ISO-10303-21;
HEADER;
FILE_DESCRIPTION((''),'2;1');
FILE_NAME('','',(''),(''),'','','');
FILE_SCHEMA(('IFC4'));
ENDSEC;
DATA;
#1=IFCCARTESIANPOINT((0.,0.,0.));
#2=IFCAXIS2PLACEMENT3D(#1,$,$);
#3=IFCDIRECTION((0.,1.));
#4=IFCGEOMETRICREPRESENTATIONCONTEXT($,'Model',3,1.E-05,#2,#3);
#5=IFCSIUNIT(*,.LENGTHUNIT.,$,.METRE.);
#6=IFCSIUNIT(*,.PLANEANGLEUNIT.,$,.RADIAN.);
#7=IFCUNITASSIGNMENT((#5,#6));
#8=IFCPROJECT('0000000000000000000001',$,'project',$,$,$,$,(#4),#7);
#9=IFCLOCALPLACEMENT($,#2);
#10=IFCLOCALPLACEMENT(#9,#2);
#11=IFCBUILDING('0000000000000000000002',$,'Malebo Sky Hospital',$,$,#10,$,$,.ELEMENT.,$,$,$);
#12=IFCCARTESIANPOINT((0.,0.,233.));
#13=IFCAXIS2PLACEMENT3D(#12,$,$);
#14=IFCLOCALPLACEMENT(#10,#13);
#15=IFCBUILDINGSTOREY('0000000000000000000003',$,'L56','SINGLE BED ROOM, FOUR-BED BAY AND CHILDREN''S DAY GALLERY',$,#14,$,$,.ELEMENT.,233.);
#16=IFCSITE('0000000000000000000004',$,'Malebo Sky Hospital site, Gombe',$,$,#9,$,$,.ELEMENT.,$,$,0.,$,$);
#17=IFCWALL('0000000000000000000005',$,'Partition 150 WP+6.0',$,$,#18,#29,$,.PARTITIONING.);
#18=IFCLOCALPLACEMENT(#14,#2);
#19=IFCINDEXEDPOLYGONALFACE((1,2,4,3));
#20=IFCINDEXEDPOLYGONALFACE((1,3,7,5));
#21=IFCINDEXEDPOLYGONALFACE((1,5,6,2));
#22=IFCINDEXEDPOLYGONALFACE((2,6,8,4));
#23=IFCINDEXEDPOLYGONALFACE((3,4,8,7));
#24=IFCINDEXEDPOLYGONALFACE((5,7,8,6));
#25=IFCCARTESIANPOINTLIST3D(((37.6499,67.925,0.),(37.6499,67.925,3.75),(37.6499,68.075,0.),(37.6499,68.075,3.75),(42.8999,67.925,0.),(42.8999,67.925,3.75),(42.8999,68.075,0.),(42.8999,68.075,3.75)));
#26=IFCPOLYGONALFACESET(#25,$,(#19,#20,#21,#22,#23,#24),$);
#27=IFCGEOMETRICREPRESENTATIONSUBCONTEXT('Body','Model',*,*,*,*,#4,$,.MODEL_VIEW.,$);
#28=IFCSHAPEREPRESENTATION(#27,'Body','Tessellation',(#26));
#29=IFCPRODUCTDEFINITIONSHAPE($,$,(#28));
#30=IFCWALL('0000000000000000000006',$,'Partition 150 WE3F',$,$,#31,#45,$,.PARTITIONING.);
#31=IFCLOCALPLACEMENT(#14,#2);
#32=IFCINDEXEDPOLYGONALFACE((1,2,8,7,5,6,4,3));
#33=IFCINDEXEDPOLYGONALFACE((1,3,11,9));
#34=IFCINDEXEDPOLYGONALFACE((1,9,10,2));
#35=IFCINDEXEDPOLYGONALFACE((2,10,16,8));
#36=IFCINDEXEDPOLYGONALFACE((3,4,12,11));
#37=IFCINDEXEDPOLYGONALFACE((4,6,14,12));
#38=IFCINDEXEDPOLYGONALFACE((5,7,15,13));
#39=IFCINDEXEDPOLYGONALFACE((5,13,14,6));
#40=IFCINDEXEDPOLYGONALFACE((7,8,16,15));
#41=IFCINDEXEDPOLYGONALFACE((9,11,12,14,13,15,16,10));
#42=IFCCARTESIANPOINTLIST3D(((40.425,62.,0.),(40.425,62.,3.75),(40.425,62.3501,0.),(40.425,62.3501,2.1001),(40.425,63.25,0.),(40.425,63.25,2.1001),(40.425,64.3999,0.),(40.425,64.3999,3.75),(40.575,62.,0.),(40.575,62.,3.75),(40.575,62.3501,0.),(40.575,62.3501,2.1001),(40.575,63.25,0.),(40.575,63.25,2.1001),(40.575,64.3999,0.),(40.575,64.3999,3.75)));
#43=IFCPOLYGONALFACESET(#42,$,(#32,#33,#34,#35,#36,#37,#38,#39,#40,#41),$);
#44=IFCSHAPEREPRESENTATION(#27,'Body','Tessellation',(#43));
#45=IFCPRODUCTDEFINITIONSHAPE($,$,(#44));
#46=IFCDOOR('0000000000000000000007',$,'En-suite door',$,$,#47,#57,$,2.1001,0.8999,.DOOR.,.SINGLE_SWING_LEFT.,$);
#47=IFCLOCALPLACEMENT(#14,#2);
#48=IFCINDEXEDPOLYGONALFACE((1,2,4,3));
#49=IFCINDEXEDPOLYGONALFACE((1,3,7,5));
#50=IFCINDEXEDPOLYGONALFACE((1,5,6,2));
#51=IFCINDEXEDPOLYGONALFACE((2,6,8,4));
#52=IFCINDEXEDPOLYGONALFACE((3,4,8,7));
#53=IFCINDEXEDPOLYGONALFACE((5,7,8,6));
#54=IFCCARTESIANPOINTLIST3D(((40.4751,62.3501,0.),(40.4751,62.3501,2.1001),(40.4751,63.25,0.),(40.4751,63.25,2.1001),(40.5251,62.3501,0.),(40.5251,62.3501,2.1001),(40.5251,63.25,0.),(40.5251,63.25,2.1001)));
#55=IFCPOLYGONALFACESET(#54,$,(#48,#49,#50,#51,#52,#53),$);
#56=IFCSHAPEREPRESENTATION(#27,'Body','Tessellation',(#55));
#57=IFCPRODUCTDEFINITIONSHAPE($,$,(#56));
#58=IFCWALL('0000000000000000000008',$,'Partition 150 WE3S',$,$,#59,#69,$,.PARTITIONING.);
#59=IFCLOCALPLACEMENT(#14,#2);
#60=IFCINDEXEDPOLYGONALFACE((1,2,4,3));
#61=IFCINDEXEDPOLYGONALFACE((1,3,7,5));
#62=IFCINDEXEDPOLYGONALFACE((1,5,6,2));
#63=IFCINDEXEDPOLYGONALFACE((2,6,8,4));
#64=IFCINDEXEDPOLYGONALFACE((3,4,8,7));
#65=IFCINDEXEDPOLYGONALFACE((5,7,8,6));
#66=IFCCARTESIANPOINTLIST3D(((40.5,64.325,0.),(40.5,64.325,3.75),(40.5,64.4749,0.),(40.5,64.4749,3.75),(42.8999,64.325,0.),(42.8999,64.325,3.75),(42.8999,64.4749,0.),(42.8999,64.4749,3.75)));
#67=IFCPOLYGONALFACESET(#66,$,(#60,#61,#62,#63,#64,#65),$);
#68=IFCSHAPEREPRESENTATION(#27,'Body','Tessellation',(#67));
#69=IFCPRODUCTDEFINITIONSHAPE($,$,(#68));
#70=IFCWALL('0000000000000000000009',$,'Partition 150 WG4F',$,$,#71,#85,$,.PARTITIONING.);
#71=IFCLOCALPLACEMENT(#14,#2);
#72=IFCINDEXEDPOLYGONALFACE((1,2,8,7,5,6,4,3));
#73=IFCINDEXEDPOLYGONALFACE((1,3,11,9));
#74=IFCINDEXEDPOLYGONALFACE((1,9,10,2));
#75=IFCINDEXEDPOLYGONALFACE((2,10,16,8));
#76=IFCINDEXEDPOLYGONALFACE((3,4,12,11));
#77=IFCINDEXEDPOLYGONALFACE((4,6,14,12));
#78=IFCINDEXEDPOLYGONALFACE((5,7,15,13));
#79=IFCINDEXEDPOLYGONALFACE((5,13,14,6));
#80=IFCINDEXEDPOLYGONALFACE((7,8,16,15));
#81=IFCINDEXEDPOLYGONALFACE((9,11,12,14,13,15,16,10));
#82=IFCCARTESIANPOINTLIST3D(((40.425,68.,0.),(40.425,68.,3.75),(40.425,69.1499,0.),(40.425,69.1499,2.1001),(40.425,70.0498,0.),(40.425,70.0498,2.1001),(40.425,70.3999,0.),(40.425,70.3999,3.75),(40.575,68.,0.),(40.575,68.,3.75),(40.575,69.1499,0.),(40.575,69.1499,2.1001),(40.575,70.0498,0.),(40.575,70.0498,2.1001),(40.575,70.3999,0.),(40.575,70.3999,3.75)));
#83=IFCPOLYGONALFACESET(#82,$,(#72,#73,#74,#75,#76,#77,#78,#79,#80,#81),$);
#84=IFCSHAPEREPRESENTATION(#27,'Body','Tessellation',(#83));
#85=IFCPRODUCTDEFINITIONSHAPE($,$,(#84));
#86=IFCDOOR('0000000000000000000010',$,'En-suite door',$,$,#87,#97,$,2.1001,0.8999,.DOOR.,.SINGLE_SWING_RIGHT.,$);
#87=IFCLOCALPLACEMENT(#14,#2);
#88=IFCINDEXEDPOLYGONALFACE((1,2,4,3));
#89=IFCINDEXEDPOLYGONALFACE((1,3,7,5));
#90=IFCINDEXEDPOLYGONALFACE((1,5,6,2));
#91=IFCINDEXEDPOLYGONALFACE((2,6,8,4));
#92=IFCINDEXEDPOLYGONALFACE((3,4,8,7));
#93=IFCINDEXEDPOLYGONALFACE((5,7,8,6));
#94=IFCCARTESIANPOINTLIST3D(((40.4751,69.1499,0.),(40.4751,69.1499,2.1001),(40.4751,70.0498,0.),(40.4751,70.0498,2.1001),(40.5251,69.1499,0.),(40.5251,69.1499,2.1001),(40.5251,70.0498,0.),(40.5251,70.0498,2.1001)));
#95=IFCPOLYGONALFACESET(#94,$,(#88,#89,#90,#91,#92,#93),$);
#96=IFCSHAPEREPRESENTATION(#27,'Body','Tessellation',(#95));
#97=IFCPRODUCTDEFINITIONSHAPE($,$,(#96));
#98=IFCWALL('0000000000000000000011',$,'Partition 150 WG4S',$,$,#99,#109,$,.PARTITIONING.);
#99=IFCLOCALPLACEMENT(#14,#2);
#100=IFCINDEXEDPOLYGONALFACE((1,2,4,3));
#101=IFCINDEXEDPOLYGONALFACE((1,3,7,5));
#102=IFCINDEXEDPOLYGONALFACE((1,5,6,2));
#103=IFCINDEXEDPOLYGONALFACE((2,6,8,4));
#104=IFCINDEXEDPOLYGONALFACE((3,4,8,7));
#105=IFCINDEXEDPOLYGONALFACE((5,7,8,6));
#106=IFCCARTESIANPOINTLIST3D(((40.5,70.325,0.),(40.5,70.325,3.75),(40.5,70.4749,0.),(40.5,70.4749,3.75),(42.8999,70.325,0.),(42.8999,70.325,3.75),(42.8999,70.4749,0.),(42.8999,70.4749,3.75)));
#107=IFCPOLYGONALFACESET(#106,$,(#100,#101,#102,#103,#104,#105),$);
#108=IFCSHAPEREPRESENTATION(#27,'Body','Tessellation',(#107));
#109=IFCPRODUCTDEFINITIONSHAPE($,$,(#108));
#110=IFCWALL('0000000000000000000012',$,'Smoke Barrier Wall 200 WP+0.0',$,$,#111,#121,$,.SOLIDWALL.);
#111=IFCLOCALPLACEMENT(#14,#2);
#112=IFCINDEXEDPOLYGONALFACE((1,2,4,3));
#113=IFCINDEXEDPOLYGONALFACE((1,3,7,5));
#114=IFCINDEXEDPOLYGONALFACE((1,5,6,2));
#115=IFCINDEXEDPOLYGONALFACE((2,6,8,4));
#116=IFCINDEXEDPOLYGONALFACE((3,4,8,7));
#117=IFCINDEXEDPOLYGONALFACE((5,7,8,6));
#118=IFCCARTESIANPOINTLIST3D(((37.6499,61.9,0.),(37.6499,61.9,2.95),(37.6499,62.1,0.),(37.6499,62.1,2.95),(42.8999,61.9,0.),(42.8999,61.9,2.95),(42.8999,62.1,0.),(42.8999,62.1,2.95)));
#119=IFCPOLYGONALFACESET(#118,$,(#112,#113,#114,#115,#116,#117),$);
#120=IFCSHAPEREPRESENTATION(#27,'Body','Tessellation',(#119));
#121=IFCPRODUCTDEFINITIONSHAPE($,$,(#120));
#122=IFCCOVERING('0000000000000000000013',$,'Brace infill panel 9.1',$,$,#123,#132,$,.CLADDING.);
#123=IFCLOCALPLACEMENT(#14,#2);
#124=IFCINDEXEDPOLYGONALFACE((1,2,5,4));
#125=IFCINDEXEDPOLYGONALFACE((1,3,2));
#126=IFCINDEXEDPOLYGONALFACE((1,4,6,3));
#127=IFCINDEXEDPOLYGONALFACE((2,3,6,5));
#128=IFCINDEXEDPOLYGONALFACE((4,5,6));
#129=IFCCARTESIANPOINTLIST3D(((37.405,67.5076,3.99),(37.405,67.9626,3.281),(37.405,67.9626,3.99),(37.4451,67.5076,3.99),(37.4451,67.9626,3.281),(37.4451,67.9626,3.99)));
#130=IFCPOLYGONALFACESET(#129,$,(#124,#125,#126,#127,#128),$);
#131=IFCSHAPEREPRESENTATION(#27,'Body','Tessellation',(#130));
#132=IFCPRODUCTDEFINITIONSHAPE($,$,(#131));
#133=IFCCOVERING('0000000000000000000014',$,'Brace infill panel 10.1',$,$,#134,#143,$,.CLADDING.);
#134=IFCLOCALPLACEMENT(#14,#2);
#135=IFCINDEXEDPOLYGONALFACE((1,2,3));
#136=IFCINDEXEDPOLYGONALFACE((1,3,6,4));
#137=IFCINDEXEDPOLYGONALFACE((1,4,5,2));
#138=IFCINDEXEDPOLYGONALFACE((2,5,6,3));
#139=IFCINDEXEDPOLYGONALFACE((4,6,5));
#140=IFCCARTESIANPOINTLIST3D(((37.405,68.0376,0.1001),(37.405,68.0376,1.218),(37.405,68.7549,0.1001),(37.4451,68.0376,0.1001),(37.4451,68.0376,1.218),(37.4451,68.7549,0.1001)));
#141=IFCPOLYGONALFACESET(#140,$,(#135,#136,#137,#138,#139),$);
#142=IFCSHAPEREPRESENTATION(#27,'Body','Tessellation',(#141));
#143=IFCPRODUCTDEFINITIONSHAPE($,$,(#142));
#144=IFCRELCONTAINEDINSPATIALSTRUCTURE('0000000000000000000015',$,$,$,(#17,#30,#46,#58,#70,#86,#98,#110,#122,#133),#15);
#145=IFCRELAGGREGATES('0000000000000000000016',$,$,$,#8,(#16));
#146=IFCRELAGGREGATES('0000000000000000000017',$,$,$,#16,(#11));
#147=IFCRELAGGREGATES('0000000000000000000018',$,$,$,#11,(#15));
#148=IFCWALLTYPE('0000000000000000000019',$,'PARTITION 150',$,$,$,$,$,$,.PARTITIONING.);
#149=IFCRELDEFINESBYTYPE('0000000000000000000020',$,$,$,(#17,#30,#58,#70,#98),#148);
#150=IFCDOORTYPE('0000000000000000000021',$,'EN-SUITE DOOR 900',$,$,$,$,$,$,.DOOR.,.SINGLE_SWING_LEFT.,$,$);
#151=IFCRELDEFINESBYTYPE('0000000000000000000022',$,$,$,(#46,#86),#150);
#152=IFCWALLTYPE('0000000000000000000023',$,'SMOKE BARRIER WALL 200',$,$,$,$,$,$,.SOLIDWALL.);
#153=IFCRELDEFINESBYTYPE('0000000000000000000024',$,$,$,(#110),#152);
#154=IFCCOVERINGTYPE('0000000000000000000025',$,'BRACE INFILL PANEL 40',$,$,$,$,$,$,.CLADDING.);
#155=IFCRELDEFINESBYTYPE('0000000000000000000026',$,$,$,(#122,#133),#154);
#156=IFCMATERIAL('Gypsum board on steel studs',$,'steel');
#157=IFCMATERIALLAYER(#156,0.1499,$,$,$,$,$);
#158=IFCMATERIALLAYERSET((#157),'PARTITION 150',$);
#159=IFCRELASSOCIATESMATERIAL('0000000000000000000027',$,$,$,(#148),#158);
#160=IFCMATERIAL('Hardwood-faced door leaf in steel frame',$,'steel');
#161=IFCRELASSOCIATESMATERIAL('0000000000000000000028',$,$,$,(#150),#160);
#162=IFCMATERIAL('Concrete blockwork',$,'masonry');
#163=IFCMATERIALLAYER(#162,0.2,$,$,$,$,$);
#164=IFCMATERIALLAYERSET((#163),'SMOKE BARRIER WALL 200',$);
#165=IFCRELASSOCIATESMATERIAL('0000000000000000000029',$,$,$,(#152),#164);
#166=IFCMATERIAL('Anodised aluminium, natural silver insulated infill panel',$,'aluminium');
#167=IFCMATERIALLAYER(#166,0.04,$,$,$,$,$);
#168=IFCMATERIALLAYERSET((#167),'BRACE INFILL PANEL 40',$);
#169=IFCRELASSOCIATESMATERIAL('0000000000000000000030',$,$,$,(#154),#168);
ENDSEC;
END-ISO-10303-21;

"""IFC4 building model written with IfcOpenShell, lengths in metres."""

from ifc_helpers import new_model, si_unit, direction, frame, frame_2d, origin, place, context, subcontext, project, spatial, polyline, rectangle, outline, extrude, material, layer, layer_set, type_object, element, fill, save


model = new_model("IFC4")

# Units and contexts
model_context = context("Model", 3, precision=1e-05, world=origin(), true_north=direction((0.0, 1.0)))
body_context = subcontext(model_context, "Body", "Model", "MODEL_VIEW")
ifc_project = project(units=[si_unit("LENGTHUNIT", "METRE"), si_unit("PLANEANGLEUNIT", "RADIAN")], contexts=[model_context])

# Site, building, storey
site_placement = place(None, origin())
site = spatial("IfcSite", under=ifc_project, at=site_placement, Name="Malebo Sky Hospital site, Gombe", CompositionType="ELEMENT", RefElevation=0.0)
building_placement = place(site_placement, origin())
building = spatial("IfcBuilding", under=site, at=building_placement, Name="Malebo Sky Hospital", CompositionType="ELEMENT")
storey_placement = place(building_placement, frame((0.0, 0.0, 233.0)))
storey = spatial("IfcBuildingStorey", under=building, at=storey_placement, Name="L56", Description="SINGLE BED ROOM, FOUR-BED BAY AND CHILDREN'S DAY GALLERY", CompositionType="ELEMENT", Elevation=233.0)

# Shared definitions
ifc_material_1 = material(Name="Gypsum board on steel studs", Category="steel")
ifc_material_2 = material(Name="Hardwood-faced door leaf in steel frame", Category="steel")

# Wall
ifc_layer_1 = layer(ifc_material_1, 0.1499)
ifc_layer_set_1 = layer_set([ifc_layer_1], Name="PARTITION 150")
wall_type_1 = type_object("IfcWallType", Name="PARTITION 150", PredefinedType="PARTITIONING", material=ifc_layer_set_1)
wall_1_placement = place(storey_placement, frame((42.8999, 68.0, 0.0), z_axis=(0.0, 0.0, 1.0), x_axis=(-1.0, 0.0, 0.0)))
element("IfcWall", 1, at=wall_1_placement, inside=storey, type_object=wall_type_1, Name="Partition 150 WP+6.0", PredefinedType="PARTITIONING", context=body_context, shape_type="SweptSolid", body=[
    extrude(rectangle(XDim=5.25, YDim=0.1499, at=frame_2d((2.625, 0.0))), origin(), (0.0, 0.0, 1.0), 3.75),
])

# Wall, opening, door
wall_2_placement = place(storey_placement, frame((40.5, 62.0, 0.0), z_axis=(0.0, 0.0, 1.0), x_axis=(0.0, 1.0, 0.0)))
wall_2 = element("IfcWall", 2, at=wall_2_placement, inside=storey, type_object=wall_type_1, Name="Partition 150 WE3F", PredefinedType="PARTITIONING", context=body_context, shape_type="SweptSolid", body=[
    extrude(rectangle(XDim=2.3999, YDim=0.1499, at=frame_2d((1.2, 0.0))), origin(), (0.0, 0.0, 1.0), 3.75),
])
opening_1_placement = place(wall_2_placement, frame((0.3501, 0.0, 0.0)))
opening_1 = element("IfcOpeningElement", 3, at=opening_1_placement, cuts=wall_2, PredefinedType="OPENING", context=body_context, shape_type="SweptSolid", body=[
    extrude(rectangle(XDim=0.8999, YDim=2.1001, at=frame_2d((0.45, 1.05))), frame((0.0, 0.085, 0.0), z_axis=(0.0, -1.0, 0.0), x_axis=(1.0, 0.0, 0.0)), (0.0, 0.0, 1.0), 0.1699),
])
door_type_1 = type_object("IfcDoorType", Name="EN-SUITE DOOR 900", OperationType="SINGLE_SWING_LEFT", PredefinedType="DOOR", material=ifc_material_2)
door_1_placement = place(opening_1_placement, origin())
door_1 = element("IfcDoor", 4, at=door_1_placement, inside=storey, type_object=door_type_1, Name="En-suite door", OperationType="SINGLE_SWING_LEFT", OverallHeight=2.1001, OverallWidth=0.8999, PredefinedType="DOOR", context=body_context, shape_type="SweptSolid", body=[
    extrude(rectangle(XDim=0.8999, YDim=2.1001, at=frame_2d((0.45, 1.05))), frame((0.0, 0.0249, 0.0), z_axis=(0.0, -1.0, 0.0), x_axis=(1.0, 0.0, 0.0)), (0.0, 0.0, 1.0), 0.05),
])
fill(opening_1, door_1)

# Wall
wall_3_placement = place(storey_placement, frame((42.8999, 64.3999, 0.0), z_axis=(0.0, 0.0, 1.0), x_axis=(-1.0, 0.0, 0.0)))
element("IfcWall", 5, at=wall_3_placement, inside=storey, type_object=wall_type_1, Name="Partition 150 WE3S", PredefinedType="PARTITIONING", context=body_context, shape_type="SweptSolid", body=[
    extrude(rectangle(XDim=2.3999, YDim=0.1499, at=frame_2d((1.2, 0.0))), origin(), (0.0, 0.0, 1.0), 3.75),
])

# Wall, opening, door
wall_4_placement = place(storey_placement, frame((40.5, 68.0, 0.0), z_axis=(0.0, 0.0, 1.0), x_axis=(0.0, 1.0, 0.0)))
wall_4 = element("IfcWall", 6, at=wall_4_placement, inside=storey, type_object=wall_type_1, Name="Partition 150 WG4F", PredefinedType="PARTITIONING", context=body_context, shape_type="SweptSolid", body=[
    extrude(rectangle(XDim=2.3999, YDim=0.1499, at=frame_2d((1.2, 0.0))), origin(), (0.0, 0.0, 1.0), 3.75),
])
opening_2_placement = place(wall_4_placement, frame((1.1499, 0.0, 0.0)))
opening_2 = element("IfcOpeningElement", 7, at=opening_2_placement, cuts=wall_4, PredefinedType="OPENING", context=body_context, shape_type="SweptSolid", body=[
    extrude(rectangle(XDim=0.8999, YDim=2.1001, at=frame_2d((0.45, 1.05))), frame((0.0, 0.085, 0.0), z_axis=(0.0, -1.0, 0.0), x_axis=(1.0, 0.0, 0.0)), (0.0, 0.0, 1.0), 0.1699),
])
door_2_placement = place(opening_2_placement, origin())
door_2 = element("IfcDoor", 8, at=door_2_placement, inside=storey, type_object=door_type_1, Name="En-suite door", OperationType="SINGLE_SWING_RIGHT", OverallHeight=2.1001, OverallWidth=0.8999, PredefinedType="DOOR", context=body_context, shape_type="SweptSolid", body=[
    extrude(rectangle(XDim=0.8999, YDim=2.1001, at=frame_2d((0.45, 1.05))), frame((0.0, 0.0249, 0.0), z_axis=(0.0, -1.0, 0.0), x_axis=(1.0, 0.0, 0.0)), (0.0, 0.0, 1.0), 0.05),
])
fill(opening_2, door_2)

# Walls
wall_5_placement = place(storey_placement, frame((42.8999, 70.3999, 0.0), z_axis=(0.0, 0.0, 1.0), x_axis=(-1.0, 0.0, 0.0)))
element("IfcWall", 9, at=wall_5_placement, inside=storey, type_object=wall_type_1, Name="Partition 150 WG4S", PredefinedType="PARTITIONING", context=body_context, shape_type="SweptSolid", body=[
    extrude(rectangle(XDim=2.3999, YDim=0.1499, at=frame_2d((1.2, 0.0))), origin(), (0.0, 0.0, 1.0), 3.75),
])
ifc_material_3 = material(Name="Concrete blockwork", Category="masonry")
ifc_layer_2 = layer(ifc_material_3, 0.2)
ifc_layer_set_2 = layer_set([ifc_layer_2], Name="SMOKE BARRIER WALL 200")
wall_type_2 = type_object("IfcWallType", Name="SMOKE BARRIER WALL 200", PredefinedType="SOLIDWALL", material=ifc_layer_set_2)
wall_6_placement = place(storey_placement, frame((42.8999, 62.0, 0.0), z_axis=(0.0, 0.0, 1.0), x_axis=(-1.0, 0.0, 0.0)))
element("IfcWall", 10, at=wall_6_placement, inside=storey, type_object=wall_type_2, Name="Smoke Barrier Wall 200 WP+0.0", PredefinedType="SOLIDWALL", context=body_context, shape_type="SweptSolid", body=[
    extrude(rectangle(XDim=5.25, YDim=0.2, at=frame_2d((2.625, 0.0))), origin(), (0.0, 0.0, 1.0), 2.95),
])

# Coverings
ifc_material_4 = material(Name="Anodised aluminium, natural silver insulated infill panel", Category="aluminium")
ifc_layer_3 = layer(ifc_material_4, 0.04)
ifc_layer_set_3 = layer_set([ifc_layer_3], Name="BRACE INFILL PANEL 40")
covering_type = type_object("IfcCoveringType", Name="BRACE INFILL PANEL 40", PredefinedType="CLADDING", material=ifc_layer_set_3)
covering_1_placement = place(storey_placement, frame((37.425, 67.7351, 3.281), z_axis=(0.0, 0.0, 1.0), x_axis=(0.0, 1.0, 0.0)))
element("IfcCovering", 11, at=covering_1_placement, inside=storey, type_object=covering_type, Name="Brace infill panel 9.1", PredefinedType="CLADDING", context=body_context, shape_type="SweptSolid", body=[
    extrude(outline(polyline([(0.2275, 0.0), (0.2275, 0.709), (-0.2275, 0.709), (0.2275, 0.0)])), frame((0.0, 0.02, 0.0), z_axis=(0.0, -1.0, 0.0), x_axis=(1.0, 0.0, 0.0)), (0.0, 0.0, 1.0), 0.04),
])
covering_2_placement = place(storey_placement, frame((37.425, 68.3962, 0.1001), z_axis=(0.0, 0.0, 1.0), x_axis=(0.0, 1.0, 0.0)))
element("IfcCovering", 12, at=covering_2_placement, inside=storey, type_object=covering_type, Name="Brace infill panel 10.1", PredefinedType="CLADDING", context=body_context, shape_type="SweptSolid", body=[
    extrude(outline(polyline([(-0.3586, 0.0), (0.3586, 0.0), (-0.3586, 1.1179), (-0.3586, 0.0)])), frame((0.0, 0.02, 0.0), z_axis=(0.0, -1.0, 0.0), x_axis=(1.0, 0.0, 0.0)), (0.0, 0.0, 1.0), 0.04),
])

save(model, "model.ifc")
